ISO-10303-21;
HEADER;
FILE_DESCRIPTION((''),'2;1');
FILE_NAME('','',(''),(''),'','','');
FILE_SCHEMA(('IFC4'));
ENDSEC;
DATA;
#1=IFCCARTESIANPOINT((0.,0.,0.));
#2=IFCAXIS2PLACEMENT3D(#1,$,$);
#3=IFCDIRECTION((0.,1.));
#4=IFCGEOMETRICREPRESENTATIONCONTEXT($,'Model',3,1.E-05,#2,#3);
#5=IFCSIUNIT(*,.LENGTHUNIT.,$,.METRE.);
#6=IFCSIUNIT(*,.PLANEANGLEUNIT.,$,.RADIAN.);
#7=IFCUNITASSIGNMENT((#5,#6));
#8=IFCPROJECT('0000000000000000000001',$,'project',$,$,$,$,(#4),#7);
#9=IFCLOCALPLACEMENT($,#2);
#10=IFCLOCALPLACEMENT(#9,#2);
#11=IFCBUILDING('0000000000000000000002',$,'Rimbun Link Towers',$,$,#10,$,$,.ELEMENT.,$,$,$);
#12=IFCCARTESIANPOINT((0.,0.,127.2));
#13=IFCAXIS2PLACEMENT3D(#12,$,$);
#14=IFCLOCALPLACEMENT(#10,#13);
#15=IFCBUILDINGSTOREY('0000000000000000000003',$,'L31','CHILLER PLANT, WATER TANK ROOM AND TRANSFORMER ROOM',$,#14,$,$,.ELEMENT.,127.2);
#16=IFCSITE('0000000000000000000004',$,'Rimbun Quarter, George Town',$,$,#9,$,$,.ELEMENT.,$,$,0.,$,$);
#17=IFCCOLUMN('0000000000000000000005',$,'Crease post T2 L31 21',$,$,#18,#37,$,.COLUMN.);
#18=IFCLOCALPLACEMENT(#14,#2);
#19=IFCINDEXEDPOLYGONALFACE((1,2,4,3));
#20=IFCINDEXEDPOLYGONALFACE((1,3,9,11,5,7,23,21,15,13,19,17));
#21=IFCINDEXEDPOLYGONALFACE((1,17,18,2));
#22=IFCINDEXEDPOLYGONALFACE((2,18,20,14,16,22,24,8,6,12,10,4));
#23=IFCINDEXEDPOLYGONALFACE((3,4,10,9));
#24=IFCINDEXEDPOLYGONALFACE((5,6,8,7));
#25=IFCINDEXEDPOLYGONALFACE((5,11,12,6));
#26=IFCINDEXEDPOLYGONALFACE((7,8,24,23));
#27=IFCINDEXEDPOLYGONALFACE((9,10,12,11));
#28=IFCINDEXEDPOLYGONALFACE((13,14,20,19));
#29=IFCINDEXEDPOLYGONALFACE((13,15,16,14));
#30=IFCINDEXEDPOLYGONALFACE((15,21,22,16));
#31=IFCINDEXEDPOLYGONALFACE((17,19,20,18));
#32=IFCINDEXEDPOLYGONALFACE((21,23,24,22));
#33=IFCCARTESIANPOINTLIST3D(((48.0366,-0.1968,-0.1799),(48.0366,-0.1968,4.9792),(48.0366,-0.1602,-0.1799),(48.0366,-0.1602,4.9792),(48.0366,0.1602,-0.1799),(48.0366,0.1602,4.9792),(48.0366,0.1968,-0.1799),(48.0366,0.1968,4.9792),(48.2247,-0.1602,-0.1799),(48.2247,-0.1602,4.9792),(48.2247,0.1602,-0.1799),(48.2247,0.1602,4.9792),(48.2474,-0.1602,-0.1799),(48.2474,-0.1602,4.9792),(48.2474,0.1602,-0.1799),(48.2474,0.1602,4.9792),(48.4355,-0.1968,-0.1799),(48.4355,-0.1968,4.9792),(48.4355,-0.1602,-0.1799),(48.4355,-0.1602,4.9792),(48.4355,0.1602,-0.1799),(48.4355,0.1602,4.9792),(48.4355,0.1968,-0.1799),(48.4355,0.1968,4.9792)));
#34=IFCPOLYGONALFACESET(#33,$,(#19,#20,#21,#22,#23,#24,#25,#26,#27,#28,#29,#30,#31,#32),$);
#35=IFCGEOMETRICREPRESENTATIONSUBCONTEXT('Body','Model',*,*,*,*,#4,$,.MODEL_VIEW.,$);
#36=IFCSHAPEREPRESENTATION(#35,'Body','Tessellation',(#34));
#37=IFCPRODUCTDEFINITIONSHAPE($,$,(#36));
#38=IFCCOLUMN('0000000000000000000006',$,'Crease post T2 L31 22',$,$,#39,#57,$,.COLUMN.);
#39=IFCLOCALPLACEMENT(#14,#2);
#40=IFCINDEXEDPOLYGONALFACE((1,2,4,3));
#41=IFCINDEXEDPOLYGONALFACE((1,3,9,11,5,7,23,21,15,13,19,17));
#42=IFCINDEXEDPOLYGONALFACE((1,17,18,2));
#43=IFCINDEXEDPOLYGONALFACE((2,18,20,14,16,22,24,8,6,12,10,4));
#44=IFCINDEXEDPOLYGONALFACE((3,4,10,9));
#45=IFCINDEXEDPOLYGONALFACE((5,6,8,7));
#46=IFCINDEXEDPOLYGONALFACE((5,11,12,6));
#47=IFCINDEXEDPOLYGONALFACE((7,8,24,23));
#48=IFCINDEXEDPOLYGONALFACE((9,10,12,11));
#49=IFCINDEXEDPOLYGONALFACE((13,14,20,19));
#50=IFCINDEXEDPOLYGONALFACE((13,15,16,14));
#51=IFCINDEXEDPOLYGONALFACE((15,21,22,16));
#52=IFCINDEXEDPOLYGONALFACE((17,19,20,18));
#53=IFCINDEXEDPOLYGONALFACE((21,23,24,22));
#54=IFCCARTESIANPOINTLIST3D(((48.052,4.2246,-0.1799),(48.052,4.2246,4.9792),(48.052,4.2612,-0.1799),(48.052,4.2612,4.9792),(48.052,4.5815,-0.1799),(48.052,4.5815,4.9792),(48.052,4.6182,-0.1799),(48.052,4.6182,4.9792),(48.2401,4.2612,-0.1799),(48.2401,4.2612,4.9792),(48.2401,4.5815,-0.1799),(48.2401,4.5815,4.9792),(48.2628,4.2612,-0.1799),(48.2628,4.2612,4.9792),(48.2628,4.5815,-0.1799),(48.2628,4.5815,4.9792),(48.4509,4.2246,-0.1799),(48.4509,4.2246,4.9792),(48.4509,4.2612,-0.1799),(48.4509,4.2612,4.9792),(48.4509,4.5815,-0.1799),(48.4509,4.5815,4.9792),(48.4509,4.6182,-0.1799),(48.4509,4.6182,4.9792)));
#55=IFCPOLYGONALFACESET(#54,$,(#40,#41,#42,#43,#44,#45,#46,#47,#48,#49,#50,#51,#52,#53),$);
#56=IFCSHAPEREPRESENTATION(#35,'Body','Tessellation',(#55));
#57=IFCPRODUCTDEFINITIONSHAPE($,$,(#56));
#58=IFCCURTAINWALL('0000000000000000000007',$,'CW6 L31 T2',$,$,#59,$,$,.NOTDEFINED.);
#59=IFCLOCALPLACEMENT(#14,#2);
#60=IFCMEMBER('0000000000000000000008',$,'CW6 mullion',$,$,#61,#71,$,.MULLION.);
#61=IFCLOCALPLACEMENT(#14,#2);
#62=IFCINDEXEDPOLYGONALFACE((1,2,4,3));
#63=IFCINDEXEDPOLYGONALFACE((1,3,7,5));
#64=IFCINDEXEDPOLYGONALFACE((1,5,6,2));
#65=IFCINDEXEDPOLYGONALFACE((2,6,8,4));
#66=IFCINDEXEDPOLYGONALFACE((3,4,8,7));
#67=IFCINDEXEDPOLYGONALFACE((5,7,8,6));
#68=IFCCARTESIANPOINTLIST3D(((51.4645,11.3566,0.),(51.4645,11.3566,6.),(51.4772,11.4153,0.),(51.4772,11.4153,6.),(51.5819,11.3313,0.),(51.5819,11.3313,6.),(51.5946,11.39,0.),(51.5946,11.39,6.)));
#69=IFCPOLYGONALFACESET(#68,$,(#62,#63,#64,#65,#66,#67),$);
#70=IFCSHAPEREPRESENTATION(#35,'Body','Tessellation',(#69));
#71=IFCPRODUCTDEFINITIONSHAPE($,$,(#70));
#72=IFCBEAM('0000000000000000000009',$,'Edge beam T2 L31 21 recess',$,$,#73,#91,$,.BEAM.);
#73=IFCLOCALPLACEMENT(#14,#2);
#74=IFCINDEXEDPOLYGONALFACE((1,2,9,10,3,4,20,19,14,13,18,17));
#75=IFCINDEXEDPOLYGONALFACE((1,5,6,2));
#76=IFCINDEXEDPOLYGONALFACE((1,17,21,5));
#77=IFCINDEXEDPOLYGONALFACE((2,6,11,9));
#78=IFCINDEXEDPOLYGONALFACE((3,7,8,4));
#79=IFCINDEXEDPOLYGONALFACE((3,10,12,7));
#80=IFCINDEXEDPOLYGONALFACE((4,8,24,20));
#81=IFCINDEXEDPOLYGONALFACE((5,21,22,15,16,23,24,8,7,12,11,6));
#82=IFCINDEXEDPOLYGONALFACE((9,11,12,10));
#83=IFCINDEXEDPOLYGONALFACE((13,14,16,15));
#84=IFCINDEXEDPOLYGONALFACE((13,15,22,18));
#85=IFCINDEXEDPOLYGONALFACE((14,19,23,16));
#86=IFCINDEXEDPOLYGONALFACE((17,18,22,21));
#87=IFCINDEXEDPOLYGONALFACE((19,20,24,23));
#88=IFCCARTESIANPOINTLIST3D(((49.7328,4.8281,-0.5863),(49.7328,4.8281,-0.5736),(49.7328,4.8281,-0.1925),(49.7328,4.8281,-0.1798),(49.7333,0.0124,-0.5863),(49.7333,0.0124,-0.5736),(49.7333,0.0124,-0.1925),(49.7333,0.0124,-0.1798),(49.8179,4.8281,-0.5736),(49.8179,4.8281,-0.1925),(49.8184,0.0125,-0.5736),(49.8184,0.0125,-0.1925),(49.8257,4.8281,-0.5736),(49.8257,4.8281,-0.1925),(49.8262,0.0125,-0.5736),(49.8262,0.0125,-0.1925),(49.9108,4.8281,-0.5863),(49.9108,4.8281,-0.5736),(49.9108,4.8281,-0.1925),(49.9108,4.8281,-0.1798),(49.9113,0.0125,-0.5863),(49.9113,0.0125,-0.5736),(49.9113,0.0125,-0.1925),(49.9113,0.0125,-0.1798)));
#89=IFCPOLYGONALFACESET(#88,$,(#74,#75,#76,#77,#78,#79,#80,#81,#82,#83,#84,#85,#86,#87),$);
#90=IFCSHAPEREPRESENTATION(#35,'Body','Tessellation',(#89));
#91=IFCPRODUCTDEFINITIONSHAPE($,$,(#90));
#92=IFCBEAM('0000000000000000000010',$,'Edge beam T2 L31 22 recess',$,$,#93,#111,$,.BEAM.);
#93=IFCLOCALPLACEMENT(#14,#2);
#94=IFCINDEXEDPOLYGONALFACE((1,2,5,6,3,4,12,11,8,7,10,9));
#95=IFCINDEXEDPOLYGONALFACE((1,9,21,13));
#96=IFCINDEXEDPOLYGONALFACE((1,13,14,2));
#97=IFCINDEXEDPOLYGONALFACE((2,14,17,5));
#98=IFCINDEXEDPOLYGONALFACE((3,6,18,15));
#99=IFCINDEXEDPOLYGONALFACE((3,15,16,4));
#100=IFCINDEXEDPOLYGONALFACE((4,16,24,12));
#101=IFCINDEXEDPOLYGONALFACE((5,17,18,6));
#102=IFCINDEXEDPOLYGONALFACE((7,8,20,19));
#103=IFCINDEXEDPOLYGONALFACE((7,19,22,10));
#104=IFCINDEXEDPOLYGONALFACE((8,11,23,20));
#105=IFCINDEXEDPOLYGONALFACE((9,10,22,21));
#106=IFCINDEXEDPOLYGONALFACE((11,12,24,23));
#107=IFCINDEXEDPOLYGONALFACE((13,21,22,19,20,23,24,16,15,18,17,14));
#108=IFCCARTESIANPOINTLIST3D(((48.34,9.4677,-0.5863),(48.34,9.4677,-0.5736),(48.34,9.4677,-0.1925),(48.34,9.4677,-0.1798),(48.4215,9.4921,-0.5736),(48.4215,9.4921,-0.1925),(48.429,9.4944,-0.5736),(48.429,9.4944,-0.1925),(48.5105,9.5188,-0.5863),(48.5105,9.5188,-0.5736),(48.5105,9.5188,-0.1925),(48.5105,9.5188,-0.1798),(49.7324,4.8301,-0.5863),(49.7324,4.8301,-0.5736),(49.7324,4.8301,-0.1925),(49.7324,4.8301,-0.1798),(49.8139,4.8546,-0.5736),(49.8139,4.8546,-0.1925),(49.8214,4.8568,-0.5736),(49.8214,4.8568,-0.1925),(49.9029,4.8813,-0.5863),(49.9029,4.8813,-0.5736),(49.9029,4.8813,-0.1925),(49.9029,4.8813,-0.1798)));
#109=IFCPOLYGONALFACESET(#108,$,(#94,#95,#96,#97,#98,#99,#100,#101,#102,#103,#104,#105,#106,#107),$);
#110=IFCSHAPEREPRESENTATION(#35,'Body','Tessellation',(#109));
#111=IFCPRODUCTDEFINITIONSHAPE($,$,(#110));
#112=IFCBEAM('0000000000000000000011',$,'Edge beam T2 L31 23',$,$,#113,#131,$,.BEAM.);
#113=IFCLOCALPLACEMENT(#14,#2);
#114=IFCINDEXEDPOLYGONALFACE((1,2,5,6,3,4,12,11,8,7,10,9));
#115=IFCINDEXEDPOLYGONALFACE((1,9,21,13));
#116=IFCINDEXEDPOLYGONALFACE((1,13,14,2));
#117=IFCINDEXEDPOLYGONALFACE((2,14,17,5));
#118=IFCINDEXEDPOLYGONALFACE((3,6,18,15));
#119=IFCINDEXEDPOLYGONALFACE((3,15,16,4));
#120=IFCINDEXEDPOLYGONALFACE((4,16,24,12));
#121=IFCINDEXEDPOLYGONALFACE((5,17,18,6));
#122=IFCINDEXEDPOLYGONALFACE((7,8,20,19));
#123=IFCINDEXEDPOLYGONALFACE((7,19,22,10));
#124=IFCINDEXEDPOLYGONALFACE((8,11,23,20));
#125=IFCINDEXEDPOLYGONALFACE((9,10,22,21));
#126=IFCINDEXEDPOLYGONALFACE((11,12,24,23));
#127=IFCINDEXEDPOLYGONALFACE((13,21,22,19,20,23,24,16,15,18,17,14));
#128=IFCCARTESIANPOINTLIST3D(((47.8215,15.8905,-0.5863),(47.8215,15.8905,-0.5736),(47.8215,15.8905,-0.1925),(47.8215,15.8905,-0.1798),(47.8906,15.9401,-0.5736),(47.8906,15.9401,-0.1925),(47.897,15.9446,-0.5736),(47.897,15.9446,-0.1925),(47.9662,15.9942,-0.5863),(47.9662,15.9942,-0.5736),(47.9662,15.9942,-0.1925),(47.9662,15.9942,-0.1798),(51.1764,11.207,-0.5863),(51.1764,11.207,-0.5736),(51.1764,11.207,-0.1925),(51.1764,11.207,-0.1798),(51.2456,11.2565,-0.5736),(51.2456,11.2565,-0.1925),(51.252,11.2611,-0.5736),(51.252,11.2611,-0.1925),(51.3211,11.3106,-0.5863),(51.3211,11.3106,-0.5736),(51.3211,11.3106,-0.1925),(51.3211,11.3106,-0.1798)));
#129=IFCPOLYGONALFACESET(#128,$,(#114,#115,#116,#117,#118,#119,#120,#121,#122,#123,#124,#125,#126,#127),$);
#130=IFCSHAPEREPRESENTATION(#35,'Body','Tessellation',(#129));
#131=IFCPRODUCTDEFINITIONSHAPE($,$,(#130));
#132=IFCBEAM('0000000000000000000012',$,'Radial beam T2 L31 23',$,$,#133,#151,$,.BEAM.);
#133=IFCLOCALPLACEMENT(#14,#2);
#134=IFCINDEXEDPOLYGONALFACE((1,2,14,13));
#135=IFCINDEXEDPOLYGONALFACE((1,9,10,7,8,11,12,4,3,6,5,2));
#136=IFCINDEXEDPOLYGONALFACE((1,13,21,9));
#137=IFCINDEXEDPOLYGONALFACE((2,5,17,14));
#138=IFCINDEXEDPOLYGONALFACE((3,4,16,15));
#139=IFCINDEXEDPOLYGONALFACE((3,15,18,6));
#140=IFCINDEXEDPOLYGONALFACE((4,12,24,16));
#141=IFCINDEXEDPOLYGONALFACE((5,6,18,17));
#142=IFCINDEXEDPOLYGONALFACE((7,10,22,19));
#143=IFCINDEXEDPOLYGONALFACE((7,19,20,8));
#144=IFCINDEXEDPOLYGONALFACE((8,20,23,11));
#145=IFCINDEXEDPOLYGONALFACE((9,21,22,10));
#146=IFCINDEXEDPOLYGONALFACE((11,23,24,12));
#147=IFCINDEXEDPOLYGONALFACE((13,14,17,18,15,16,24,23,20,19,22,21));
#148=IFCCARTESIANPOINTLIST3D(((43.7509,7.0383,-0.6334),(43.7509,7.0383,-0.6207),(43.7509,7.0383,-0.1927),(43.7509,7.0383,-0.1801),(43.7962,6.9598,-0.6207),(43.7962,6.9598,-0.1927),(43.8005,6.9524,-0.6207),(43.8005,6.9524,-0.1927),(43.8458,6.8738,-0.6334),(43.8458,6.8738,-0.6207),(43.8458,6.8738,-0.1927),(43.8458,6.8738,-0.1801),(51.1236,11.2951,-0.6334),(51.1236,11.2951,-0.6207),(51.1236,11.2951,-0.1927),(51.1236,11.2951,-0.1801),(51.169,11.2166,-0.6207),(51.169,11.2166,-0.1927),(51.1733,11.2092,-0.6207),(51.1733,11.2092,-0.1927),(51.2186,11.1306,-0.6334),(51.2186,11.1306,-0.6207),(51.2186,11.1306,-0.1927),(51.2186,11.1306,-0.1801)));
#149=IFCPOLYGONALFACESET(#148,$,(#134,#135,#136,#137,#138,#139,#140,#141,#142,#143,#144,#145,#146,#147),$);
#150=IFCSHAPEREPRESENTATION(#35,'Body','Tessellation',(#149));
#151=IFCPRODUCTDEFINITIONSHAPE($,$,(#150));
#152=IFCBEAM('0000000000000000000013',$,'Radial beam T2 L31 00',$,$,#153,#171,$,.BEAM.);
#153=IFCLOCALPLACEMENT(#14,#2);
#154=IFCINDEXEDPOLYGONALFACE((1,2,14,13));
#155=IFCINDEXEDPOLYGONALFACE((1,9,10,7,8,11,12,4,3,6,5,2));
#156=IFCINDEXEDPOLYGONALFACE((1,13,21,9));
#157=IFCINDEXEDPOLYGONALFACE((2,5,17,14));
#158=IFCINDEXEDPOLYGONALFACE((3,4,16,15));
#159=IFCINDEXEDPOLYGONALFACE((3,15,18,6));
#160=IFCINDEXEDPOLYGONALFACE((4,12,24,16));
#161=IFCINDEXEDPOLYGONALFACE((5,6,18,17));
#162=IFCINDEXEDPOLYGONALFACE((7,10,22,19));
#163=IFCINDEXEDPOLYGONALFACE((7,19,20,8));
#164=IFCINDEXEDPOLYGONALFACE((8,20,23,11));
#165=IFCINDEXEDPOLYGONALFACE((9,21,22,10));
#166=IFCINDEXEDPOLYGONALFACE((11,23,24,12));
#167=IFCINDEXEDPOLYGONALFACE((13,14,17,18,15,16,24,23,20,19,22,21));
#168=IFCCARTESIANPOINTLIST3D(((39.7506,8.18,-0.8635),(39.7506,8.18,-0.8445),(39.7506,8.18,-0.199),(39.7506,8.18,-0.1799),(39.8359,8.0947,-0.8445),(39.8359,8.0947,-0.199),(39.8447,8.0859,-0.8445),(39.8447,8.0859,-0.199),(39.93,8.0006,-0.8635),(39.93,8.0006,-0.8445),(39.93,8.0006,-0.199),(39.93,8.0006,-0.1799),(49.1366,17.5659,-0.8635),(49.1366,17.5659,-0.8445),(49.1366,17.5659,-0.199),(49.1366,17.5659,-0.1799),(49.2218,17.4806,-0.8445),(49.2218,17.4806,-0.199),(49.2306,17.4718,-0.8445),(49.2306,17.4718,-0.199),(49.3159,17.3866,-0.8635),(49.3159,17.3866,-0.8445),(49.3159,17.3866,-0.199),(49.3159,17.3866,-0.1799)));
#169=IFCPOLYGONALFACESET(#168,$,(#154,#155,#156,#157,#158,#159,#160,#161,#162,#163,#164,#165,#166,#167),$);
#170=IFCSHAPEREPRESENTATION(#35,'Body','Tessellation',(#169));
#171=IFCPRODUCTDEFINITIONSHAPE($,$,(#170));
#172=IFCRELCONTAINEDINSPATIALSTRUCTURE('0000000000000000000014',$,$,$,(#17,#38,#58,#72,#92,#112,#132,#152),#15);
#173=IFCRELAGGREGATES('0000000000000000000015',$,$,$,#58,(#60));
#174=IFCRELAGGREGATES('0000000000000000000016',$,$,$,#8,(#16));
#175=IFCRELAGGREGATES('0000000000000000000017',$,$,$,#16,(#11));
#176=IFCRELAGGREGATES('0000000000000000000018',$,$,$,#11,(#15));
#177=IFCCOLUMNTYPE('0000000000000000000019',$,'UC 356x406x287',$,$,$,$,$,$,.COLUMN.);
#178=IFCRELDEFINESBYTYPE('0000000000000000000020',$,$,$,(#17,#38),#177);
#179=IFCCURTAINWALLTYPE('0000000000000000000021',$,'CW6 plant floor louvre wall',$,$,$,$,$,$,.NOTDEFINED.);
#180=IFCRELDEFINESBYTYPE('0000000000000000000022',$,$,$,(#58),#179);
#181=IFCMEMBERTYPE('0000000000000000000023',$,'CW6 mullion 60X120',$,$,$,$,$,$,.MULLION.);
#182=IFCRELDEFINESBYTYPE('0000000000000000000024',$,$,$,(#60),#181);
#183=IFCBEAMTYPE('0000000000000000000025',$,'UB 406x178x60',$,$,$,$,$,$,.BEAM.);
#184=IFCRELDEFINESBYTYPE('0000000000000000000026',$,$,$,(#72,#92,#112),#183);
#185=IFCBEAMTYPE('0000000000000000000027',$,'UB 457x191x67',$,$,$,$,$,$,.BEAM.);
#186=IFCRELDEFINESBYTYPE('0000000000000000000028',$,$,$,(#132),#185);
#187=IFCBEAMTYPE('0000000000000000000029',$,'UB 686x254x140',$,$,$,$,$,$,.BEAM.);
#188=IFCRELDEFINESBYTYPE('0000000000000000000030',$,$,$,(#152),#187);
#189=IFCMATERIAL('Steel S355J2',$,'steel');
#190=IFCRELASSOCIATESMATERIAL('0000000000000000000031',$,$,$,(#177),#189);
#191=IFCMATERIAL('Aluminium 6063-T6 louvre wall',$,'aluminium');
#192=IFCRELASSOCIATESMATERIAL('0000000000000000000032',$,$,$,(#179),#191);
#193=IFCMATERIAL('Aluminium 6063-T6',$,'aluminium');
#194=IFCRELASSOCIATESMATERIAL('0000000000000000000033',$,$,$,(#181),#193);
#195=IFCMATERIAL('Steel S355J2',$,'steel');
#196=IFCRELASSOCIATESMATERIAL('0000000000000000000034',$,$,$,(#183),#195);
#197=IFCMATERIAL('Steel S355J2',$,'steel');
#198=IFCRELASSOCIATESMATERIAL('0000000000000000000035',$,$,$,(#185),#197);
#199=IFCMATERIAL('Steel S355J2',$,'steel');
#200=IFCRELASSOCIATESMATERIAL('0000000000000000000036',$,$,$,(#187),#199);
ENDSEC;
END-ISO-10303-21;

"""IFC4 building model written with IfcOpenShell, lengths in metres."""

from ifc_helpers import new_model, si_unit, direction, frame, origin, origin_2d, place, context, subcontext, project, spatial, rectangle, i_section, extrude, material, material_profile, profile_set, type_object, element, aggregate, save


model = new_model("IFC4")

# Units and contexts
model_context = context("Model", 3, precision=1e-05, world=origin(), true_north=direction((0.0, 1.0)))
body_context = subcontext(model_context, "Body", "Model", "MODEL_VIEW")
ifc_project = project(units=[si_unit("LENGTHUNIT", "METRE"), si_unit("PLANEANGLEUNIT", "RADIAN")], contexts=[model_context])

# Site, building, storey
site_placement = place(None, origin())
site = spatial("IfcSite", under=ifc_project, at=site_placement, Name="Rimbun Quarter, George Town", CompositionType="ELEMENT", RefElevation=0.0)
building_placement = place(site_placement, origin())
building = spatial("IfcBuilding", under=site, at=building_placement, Name="Rimbun Link Towers", CompositionType="ELEMENT")
storey_placement = place(building_placement, frame((0.0, 0.0, 127.2)))
storey = spatial("IfcBuildingStorey", under=building, at=storey_placement, Name="L31", Description="CHILLER PLANT, WATER TANK ROOM AND TRANSFORMER ROOM", CompositionType="ELEMENT", Elevation=127.2)

# Columns
ifc_material_1 = material(Name="Steel S355J2", Category="steel")
ifc_material_profile_1 = material_profile(ifc_material_1, i_section(OverallWidth=0.3989, OverallDepth=0.3936, WebThickness=0.0227, FlangeThickness=0.0366, at=origin_2d()), Name="UC 356x406x287")
ifc_profile_set_1 = profile_set([ifc_material_profile_1], Name="Steel S355J2")
column_type = type_object("IfcColumnType", Name="UC 356x406x287", PredefinedType="COLUMN", material=ifc_profile_set_1)
for number, where, z_axis, x_axis, name in (
    (1, (48.2361, 0.0, -0.1799), (0.0, 0.0, 1.0), (1.0, 0.0, 0.0), "Crease post T2 L31 21"),
    (2, (48.2515, 4.4214, -0.1799), (0.0, 0.0, 1.0), (1.0, 0.0, 0.0), "Crease post T2 L31 22"),
):
    element("IfcColumn", number, at=place(storey_placement, frame(where, z_axis=z_axis, x_axis=x_axis)), inside=storey, type_object=column_type, Name=name, PredefinedType="COLUMN", context=body_context, shape_type="SweptSolid", body=[
        extrude(i_section(OverallWidth=0.3989, OverallDepth=0.3936, WebThickness=0.0227, FlangeThickness=0.0366, at=origin_2d()), origin(), (0.0, 0.0, 1.0), 5.1592),
    ])

# Curtain wall, member
ifc_material_2 = material(Name="Aluminium 6063-T6 louvre wall", Category="aluminium")
curtain_wall_type = type_object("IfcCurtainWallType", Name="CW6 plant floor louvre wall", PredefinedType="NOTDEFINED", material=ifc_material_2)
curtain_wall_placement = place(storey_placement, origin())
curtain_wall = element("IfcCurtainWall", 3, at=curtain_wall_placement, inside=storey, type_object=curtain_wall_type, Name="CW6 L31 T2", PredefinedType="NOTDEFINED")
ifc_material_3 = material(Name="Aluminium 6063-T6", Category="aluminium")
ifc_material_profile_2 = material_profile(ifc_material_3, rectangle(XDim=0.1201, YDim=0.0601, at=origin_2d()), Name="MULLION 60X120")
ifc_profile_set_2 = profile_set([ifc_material_profile_2], Name="Aluminium 6063-T6")
member_type = type_object("IfcMemberType", Name="CW6 mullion 60X120", PredefinedType="MULLION", material=ifc_profile_set_2)
member_placement = place(storey_placement, frame((51.5295, 11.3733, 0.0), z_axis=(0.0, 0.0, 1.0), x_axis=(0.977531, -0.210791, 0.0)))
member = element("IfcMember", 4, at=member_placement, type_object=member_type, Name="CW6 mullion", PredefinedType="MULLION", context=body_context, shape_type="SweptSolid", body=[
    extrude(rectangle(XDim=0.1201, YDim=0.0601, at=origin_2d()), origin(), (0.0, 0.0, 1.0), 6.0),
])
aggregate(curtain_wall, [member])

# Beams
ifc_material_4 = material(Name="Steel S355J2", Category="steel")
ifc_material_profile_3 = material_profile(ifc_material_4, i_section(OverallWidth=0.178, OverallDepth=0.4065, WebThickness=0.0078, FlangeThickness=0.0127, at=origin_2d()), Name="UB 406x178x60")
ifc_profile_set_3 = profile_set([ifc_material_profile_3], Name="Steel S355J2")
beam_type_1 = type_object("IfcBeamType", Name="UB 406x178x60", PredefinedType="BEAM", material=ifc_profile_set_3)
beam_1_placement = place(storey_placement, frame((49.8223, 0.0125, -0.3831), z_axis=(-0.000101, 1.0, 0.0), x_axis=(-1.0, -0.000101, 0.0)))
element("IfcBeam", 5, at=beam_1_placement, inside=storey, type_object=beam_type_1, Name="Edge beam T2 L31 21 recess", PredefinedType="BEAM", context=body_context, shape_type="SweptSolid", body=[
    extrude(i_section(OverallWidth=0.178, OverallDepth=0.4065, WebThickness=0.0078, FlangeThickness=0.0127, at=origin_2d()), origin(), (0.0, 0.0, 1.0), 4.8157),
])
beam_2_placement = place(storey_placement, frame((49.8176, 4.8557, -0.3831), z_axis=(-0.287556, 0.957764, 0.0), x_axis=(-0.957764, -0.287556, 0.0)))
element("IfcBeam", 6, at=beam_2_placement, inside=storey, type_object=beam_type_1, Name="Edge beam T2 L31 22 recess", PredefinedType="BEAM", context=body_context, shape_type="SweptSolid", body=[
    extrude(i_section(OverallWidth=0.178, OverallDepth=0.4065, WebThickness=0.0078, FlangeThickness=0.0127, at=origin_2d()), origin(), (0.0, 0.0, 1.0), 4.842),
])
beam_3_placement = place(storey_placement, frame((51.2488, 11.2588, -0.3831), z_axis=(-0.582336, 0.812948, 0.0), x_axis=(-0.812948, -0.582336, 0.0)))
element("IfcBeam", 7, at=beam_3_placement, inside=storey, type_object=beam_type_1, Name="Edge beam T2 L31 23", PredefinedType="BEAM", context=body_context, shape_type="SweptSolid", body=[
    extrude(i_section(OverallWidth=0.178, OverallDepth=0.4065, WebThickness=0.0078, FlangeThickness=0.0127, at=origin_2d()), origin(), (0.0, 0.0, 1.0), 5.7612),
])
ifc_material_5 = material(Name="Steel S355J2", Category="steel")
ifc_material_profile_4 = material_profile(ifc_material_5, i_section(OverallWidth=0.1899, OverallDepth=0.4534, WebThickness=0.0085, FlangeThickness=0.0127, at=origin_2d()), Name="UB 457x191x67")
ifc_profile_set_4 = profile_set([ifc_material_profile_4], Name="Steel S355J2")
beam_type_2 = type_object("IfcBeamType", Name="UB 457x191x67", PredefinedType="BEAM", material=ifc_profile_set_4)
beam_4_placement = place(storey_placement, frame((43.7983, 6.9561, -0.4067), z_axis=(0.866018, 0.500013, 0.0), x_axis=(-0.500013, 0.866018, 0.0)))
element("IfcBeam", 8, at=beam_4_placement, inside=storey, type_object=beam_type_2, Name="Radial beam T2 L31 23", PredefinedType="BEAM", context=body_context, shape_type="SweptSolid", body=[
    extrude(i_section(OverallWidth=0.1899, OverallDepth=0.4534, WebThickness=0.0085, FlangeThickness=0.0127, at=origin_2d()), origin(), (0.0, 0.0, 1.0), 8.5134),
])
ifc_material_6 = material(Name="Steel S355J2", Category="steel")
ifc_material_profile_5 = material_profile(ifc_material_6, i_section(OverallWidth=0.2537, OverallDepth=0.6836, WebThickness=0.0125, FlangeThickness=0.019, at=origin_2d()), Name="UB 686x254x140")
ifc_profile_set_5 = profile_set([ifc_material_profile_5], Name="Steel S355J2")
beam_type_3 = type_object("IfcBeamType", Name="UB 686x254x140", PredefinedType="BEAM", material=ifc_profile_set_5)
beam_5_placement = place(storey_placement, frame((39.8403, 8.0903, -0.5217), z_axis=(0.707107, 0.707107, 0.0), x_axis=(-0.707107, 0.707107, 0.0)))
element("IfcBeam", 9, at=beam_5_placement, inside=storey, type_object=beam_type_3, Name="Radial beam T2 L31 00", PredefinedType="BEAM", context=body_context, shape_type="SweptSolid", body=[
    extrude(i_section(OverallWidth=0.2537, OverallDepth=0.6836, WebThickness=0.0125, FlangeThickness=0.019, at=origin_2d()), origin(), (0.0, 0.0, 1.0), 13.2737),
])

save(model, "model.ifc")
